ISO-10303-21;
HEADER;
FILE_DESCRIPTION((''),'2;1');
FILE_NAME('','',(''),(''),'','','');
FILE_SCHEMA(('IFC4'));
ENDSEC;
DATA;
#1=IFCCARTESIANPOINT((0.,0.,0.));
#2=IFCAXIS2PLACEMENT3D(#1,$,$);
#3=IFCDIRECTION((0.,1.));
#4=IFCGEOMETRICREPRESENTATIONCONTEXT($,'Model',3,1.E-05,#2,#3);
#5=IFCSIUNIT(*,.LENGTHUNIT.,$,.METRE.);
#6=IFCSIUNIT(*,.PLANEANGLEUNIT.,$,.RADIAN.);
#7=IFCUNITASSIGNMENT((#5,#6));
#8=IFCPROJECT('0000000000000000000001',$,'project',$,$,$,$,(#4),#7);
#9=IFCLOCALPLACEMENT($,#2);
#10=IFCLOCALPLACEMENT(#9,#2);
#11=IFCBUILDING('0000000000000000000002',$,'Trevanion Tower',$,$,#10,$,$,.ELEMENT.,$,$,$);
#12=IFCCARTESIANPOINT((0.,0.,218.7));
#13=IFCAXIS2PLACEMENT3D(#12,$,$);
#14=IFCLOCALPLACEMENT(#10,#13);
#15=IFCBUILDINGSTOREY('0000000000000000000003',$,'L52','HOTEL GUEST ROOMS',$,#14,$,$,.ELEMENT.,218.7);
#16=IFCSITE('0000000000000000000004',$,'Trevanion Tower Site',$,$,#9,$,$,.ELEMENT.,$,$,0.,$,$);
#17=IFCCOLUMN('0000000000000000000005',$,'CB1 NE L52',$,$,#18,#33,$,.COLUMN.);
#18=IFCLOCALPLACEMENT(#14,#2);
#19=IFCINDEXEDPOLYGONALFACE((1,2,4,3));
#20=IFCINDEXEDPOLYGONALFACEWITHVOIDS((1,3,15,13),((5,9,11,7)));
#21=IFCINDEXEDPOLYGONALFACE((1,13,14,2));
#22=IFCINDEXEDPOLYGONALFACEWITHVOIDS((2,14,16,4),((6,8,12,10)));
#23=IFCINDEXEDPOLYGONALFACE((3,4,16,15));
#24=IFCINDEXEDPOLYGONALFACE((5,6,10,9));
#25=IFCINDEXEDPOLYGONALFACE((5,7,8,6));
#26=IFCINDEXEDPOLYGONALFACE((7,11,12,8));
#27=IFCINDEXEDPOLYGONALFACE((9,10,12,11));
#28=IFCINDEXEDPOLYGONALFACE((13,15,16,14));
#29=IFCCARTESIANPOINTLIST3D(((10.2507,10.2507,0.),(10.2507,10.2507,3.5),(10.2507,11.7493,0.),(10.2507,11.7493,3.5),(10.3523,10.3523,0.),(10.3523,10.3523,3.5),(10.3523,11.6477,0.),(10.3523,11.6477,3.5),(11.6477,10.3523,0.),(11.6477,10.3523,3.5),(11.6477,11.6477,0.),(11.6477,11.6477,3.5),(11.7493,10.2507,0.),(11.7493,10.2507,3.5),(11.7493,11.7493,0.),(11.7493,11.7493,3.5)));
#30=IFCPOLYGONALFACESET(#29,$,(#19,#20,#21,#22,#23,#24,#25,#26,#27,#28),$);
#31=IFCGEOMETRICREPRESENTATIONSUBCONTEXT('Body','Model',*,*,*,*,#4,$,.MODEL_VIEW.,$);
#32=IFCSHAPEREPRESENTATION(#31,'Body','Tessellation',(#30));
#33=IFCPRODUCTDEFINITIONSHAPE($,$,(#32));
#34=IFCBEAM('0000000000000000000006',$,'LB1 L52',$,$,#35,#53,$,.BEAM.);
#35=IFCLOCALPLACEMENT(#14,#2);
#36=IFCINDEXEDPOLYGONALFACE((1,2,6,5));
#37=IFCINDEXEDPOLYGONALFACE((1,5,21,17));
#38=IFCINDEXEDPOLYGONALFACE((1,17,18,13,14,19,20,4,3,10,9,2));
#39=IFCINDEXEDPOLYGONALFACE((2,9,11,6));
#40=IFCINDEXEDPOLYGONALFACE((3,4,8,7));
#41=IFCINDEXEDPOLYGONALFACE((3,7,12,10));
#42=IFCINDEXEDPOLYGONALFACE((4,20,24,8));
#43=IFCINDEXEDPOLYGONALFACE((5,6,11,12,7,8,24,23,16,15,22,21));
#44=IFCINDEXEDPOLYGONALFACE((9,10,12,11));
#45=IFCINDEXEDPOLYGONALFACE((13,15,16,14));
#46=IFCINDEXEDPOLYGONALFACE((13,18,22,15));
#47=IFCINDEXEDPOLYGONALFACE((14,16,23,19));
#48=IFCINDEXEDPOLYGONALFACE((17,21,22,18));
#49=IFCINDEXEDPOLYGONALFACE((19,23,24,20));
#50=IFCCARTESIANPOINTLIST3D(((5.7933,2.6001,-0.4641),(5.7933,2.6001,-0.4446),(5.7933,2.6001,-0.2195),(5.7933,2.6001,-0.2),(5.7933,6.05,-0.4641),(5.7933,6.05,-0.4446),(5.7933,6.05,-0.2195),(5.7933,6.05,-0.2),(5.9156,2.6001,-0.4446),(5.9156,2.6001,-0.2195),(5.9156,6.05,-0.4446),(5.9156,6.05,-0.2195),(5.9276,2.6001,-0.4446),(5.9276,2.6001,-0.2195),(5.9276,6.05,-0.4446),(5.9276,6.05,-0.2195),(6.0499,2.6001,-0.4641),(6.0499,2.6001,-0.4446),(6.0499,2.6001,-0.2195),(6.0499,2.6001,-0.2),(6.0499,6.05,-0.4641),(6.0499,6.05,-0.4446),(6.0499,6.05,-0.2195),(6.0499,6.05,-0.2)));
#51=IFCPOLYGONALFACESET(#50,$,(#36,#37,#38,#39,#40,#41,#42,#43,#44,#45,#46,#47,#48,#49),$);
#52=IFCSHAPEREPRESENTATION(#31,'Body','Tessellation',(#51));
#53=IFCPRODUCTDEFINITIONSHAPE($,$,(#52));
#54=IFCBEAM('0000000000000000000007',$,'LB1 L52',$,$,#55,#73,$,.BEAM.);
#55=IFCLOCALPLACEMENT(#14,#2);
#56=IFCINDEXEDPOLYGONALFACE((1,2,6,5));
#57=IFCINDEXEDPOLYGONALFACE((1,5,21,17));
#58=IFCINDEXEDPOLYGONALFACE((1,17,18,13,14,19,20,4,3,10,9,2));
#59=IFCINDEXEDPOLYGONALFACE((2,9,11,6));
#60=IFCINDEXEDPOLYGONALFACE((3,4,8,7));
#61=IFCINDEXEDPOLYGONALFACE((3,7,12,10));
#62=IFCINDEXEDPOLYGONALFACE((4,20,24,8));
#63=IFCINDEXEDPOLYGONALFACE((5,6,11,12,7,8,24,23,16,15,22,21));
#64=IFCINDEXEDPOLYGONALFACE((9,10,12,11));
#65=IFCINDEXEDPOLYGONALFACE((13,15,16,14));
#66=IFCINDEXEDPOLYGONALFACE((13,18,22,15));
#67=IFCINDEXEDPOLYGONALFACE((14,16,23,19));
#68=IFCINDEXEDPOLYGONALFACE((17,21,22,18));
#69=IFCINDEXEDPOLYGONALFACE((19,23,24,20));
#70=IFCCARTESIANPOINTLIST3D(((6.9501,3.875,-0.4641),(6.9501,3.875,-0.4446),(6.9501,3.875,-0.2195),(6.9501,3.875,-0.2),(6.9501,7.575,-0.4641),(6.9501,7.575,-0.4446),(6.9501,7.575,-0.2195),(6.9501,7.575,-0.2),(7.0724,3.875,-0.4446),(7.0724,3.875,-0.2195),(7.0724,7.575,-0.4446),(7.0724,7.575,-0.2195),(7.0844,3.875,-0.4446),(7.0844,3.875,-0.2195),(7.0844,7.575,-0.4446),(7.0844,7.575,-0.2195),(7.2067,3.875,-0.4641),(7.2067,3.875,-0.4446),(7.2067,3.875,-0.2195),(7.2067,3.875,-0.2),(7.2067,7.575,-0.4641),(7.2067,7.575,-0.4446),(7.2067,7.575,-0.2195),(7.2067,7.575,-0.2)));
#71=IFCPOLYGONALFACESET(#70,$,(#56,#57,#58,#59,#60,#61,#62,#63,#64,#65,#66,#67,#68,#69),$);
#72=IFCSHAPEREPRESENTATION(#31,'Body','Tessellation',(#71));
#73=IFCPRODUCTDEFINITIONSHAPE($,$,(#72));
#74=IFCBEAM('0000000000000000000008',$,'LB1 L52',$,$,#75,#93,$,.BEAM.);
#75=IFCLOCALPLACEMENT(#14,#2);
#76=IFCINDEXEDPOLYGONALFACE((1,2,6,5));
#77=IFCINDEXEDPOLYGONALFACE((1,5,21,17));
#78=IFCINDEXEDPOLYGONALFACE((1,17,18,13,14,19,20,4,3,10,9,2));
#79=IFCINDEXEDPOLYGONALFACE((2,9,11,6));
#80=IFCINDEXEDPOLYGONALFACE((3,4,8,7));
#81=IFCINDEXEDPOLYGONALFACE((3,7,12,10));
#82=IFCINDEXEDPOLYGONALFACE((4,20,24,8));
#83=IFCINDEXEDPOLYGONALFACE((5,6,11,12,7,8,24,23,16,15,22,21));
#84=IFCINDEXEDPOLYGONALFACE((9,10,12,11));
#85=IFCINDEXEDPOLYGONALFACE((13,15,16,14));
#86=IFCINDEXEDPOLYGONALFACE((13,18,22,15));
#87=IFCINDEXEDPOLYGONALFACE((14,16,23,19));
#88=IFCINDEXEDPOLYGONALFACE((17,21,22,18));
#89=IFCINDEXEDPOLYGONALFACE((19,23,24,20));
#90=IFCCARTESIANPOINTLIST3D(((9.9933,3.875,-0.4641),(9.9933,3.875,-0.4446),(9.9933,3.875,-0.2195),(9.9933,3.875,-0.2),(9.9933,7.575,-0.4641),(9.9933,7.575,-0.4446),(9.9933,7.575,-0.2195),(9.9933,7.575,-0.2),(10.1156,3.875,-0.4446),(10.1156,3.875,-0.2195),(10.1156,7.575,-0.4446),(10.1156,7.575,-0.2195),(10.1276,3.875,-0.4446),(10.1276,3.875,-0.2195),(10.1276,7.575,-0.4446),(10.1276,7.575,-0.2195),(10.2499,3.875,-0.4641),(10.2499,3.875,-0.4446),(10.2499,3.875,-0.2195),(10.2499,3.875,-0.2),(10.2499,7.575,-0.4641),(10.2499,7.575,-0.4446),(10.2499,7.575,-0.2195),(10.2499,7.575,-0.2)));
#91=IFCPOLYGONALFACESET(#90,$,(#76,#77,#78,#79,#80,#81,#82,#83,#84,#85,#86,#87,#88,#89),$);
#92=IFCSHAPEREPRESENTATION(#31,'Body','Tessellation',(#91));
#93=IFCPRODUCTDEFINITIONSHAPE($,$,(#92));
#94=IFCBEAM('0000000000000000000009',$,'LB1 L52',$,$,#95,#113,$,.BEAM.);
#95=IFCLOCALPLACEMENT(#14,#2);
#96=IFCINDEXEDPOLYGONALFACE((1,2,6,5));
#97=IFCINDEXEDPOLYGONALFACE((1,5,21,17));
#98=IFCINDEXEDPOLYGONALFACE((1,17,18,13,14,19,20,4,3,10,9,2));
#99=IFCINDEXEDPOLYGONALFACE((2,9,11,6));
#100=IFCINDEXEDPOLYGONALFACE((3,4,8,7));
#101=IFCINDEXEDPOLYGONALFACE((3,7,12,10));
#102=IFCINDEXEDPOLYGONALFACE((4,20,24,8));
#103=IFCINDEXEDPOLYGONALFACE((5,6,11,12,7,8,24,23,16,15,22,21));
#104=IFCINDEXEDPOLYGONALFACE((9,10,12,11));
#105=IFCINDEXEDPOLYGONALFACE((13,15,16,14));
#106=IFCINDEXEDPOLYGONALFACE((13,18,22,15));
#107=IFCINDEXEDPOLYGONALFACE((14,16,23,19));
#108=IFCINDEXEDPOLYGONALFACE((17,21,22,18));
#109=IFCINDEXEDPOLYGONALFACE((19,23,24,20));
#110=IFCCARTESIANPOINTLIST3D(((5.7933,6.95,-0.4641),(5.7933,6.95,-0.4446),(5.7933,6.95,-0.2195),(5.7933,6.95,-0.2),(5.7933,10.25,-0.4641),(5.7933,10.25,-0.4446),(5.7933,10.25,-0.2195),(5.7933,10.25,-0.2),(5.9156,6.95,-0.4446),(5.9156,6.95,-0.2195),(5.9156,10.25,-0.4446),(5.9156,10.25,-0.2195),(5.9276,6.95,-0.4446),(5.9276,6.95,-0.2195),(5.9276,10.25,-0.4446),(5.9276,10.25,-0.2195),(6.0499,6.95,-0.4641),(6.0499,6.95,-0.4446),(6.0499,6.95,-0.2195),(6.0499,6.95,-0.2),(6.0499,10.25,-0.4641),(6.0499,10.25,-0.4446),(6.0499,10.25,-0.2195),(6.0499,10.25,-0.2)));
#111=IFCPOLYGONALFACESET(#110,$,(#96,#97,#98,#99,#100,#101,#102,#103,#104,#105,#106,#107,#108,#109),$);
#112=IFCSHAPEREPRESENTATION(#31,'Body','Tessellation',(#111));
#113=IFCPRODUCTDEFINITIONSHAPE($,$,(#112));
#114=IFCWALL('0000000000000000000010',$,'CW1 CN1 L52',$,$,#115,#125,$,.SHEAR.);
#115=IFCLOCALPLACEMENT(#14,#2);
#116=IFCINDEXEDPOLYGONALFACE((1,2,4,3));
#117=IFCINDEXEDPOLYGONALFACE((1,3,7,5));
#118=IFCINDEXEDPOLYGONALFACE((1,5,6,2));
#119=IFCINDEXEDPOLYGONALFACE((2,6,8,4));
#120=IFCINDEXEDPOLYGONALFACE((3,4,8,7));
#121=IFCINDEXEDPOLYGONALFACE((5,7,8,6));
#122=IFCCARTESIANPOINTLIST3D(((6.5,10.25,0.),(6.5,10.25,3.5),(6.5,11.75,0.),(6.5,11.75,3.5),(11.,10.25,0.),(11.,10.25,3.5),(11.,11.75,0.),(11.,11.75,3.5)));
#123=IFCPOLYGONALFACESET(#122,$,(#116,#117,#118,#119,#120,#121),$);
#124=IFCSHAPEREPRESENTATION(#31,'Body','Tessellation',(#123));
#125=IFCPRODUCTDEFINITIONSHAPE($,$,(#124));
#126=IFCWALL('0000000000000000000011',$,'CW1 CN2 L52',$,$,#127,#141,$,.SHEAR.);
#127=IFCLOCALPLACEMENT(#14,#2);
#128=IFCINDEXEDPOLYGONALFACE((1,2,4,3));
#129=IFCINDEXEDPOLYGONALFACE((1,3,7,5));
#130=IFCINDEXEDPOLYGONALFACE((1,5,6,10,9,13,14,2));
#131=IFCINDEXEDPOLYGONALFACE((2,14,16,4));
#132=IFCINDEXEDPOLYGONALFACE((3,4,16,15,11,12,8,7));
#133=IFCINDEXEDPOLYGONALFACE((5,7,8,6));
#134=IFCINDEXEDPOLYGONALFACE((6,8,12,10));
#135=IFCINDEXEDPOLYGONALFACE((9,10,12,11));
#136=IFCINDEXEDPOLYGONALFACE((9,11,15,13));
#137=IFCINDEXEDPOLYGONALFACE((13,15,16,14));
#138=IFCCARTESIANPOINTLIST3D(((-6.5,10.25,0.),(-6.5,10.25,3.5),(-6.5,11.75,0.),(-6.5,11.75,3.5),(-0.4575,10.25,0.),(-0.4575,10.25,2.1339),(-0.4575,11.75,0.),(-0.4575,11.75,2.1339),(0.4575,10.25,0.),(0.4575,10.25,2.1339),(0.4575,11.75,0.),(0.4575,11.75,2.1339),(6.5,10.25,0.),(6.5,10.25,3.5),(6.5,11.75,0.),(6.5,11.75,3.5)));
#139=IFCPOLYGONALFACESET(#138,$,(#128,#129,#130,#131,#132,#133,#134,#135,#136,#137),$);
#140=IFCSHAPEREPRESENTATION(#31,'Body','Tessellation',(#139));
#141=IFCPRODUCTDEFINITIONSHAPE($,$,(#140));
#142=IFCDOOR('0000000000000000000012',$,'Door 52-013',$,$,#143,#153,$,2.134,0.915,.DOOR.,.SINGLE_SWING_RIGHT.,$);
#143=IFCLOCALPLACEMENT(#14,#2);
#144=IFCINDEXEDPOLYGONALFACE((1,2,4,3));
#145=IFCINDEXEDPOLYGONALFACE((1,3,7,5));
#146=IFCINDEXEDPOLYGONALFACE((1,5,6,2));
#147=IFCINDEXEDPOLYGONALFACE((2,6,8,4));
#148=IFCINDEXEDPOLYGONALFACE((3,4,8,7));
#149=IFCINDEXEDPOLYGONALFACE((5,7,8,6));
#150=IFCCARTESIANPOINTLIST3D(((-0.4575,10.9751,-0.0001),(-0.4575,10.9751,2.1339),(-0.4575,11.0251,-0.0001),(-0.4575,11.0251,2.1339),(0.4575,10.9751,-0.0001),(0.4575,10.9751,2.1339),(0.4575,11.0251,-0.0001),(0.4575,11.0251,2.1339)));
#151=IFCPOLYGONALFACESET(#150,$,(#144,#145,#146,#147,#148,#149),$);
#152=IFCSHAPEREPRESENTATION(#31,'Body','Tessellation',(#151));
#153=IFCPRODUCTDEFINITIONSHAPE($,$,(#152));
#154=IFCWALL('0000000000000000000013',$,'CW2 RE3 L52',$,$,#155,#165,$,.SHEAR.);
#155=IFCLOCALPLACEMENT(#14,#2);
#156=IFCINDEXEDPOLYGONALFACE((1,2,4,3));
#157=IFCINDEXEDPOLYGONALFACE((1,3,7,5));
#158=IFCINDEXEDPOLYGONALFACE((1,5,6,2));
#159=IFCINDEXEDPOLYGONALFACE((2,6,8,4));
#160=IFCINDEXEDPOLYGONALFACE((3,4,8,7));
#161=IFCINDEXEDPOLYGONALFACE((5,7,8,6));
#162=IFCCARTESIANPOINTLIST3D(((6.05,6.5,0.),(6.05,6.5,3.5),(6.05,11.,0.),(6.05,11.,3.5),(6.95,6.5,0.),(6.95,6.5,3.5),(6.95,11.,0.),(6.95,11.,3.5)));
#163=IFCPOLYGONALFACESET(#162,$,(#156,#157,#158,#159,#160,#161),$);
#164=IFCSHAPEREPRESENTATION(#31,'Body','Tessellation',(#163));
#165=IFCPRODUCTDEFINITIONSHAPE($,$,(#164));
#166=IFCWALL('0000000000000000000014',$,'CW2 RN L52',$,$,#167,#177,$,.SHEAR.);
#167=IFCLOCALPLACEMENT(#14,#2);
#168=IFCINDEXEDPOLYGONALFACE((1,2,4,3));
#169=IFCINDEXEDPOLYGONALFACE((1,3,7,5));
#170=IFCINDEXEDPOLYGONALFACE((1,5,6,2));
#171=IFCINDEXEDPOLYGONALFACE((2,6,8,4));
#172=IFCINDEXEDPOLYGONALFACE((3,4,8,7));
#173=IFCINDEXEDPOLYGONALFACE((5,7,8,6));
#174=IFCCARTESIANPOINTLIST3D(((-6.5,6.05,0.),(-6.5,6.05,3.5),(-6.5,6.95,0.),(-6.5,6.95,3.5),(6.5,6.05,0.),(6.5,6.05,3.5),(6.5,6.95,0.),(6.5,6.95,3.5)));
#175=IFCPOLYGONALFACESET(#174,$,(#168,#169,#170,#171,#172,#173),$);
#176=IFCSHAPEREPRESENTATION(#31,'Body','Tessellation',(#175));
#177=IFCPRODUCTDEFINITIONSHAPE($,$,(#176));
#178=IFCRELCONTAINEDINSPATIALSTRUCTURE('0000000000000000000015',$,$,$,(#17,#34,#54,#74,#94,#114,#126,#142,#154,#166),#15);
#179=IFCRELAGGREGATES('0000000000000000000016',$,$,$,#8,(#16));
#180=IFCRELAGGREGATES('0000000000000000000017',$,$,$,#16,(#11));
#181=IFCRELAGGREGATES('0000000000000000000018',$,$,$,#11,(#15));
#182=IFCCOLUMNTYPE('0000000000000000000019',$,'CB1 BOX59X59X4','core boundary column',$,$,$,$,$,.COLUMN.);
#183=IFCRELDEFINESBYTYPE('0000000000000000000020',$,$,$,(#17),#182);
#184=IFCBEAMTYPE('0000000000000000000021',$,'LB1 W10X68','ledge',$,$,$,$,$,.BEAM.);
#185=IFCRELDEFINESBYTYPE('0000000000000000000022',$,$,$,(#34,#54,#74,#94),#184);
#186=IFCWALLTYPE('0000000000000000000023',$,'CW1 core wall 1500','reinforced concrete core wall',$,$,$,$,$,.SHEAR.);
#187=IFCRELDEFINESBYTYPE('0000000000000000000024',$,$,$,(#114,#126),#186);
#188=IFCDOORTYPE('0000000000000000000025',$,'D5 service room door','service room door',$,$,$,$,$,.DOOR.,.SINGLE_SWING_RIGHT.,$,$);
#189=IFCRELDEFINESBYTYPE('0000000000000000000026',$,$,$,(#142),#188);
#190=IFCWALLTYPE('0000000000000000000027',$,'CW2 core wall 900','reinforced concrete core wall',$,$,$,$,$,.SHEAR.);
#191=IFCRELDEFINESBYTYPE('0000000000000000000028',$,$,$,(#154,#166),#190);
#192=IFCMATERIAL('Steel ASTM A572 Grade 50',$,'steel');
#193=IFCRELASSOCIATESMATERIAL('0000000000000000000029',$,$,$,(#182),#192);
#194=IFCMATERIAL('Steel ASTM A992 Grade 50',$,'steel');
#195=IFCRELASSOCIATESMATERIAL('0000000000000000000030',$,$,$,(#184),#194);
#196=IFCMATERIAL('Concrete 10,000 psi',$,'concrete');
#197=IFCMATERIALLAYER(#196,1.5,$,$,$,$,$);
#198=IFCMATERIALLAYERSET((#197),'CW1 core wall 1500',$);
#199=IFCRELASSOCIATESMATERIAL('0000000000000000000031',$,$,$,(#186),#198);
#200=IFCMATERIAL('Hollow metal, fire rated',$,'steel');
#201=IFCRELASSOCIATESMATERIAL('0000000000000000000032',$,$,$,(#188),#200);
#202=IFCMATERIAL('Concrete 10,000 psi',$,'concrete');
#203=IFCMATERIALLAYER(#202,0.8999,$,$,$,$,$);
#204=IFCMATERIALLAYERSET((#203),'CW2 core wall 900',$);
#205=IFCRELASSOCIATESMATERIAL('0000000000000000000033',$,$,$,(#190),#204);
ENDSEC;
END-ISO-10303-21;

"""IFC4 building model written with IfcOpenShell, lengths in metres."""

from ifc_helpers import new_model, si_unit, direction, frame, frame_2d, origin, origin_2d, place, context, subcontext, project, spatial, rectangle, hollow_rectangle, i_section, extrude, material, layer, layer_set, material_profile, profile_set, type_object, element, fill, save


model = new_model("IFC4")

# Units and contexts
model_context = context("Model", 3, precision=1e-05, world=origin(), true_north=direction((0.0, 1.0)))
body_context = subcontext(model_context, "Body", "Model", "MODEL_VIEW")
ifc_project = project(units=[si_unit("LENGTHUNIT", "METRE"), si_unit("PLANEANGLEUNIT", "RADIAN")], contexts=[model_context])

# Site, building, storey
site_placement = place(None, origin())
site = spatial("IfcSite", under=ifc_project, at=site_placement, Name="Trevanion Tower Site", CompositionType="ELEMENT", RefElevation=0.0)
building_placement = place(site_placement, origin())
building = spatial("IfcBuilding", under=site, at=building_placement, Name="Trevanion Tower", CompositionType="ELEMENT")
storey_placement = place(building_placement, frame((0.0, 0.0, 218.7)))
storey = spatial("IfcBuildingStorey", under=building, at=storey_placement, Name="L52", Description="HOTEL GUEST ROOMS", CompositionType="ELEMENT", Elevation=218.7)

# Column
ifc_material_1 = material(Name="Steel ASTM A572 Grade 50", Category="steel")
ifc_material_profile_1 = material_profile(ifc_material_1, hollow_rectangle(XDim=1.4985, YDim=1.4985, WallThickness=0.1016, at=origin_2d()), Name="BOX59X59X4")
ifc_profile_set_1 = profile_set([ifc_material_profile_1], Name="Steel ASTM A572 Grade 50")
column_type = type_object("IfcColumnType", Name="CB1 BOX59X59X4", Description="core boundary column", PredefinedType="COLUMN", material=ifc_profile_set_1)
column_placement = place(storey_placement, frame((11.0, 11.0, 0.0), z_axis=(0.0, 0.0, 1.0), x_axis=(1.0, 0.0, 0.0)))
element("IfcColumn", 1, at=column_placement, inside=storey, type_object=column_type, Name="CB1 NE L52", PredefinedType="COLUMN", context=body_context, shape_type="SweptSolid", body=[
    extrude(hollow_rectangle(XDim=1.4985, YDim=1.4985, WallThickness=0.1016, at=origin_2d()), origin(), (0.0, 0.0, 1.0), 3.5),
])

# Beams
ifc_material_2 = material(Name="Steel ASTM A992 Grade 50", Category="steel")
ifc_material_profile_2 = material_profile(ifc_material_2, i_section(OverallWidth=0.2566, OverallDepth=0.2642, WebThickness=0.012, FlangeThickness=0.0195, at=origin_2d()), Name="W10X68")
ifc_profile_set_2 = profile_set([ifc_material_profile_2], Name="Steel ASTM A992 Grade 50")
beam_type = type_object("IfcBeamType", Name="LB1 W10X68", Description="ledge", PredefinedType="BEAM", material=ifc_profile_set_2)
beam_1_placement = place(storey_placement, frame((5.9216, 2.6001, -0.332), z_axis=(0.0, 1.0, 0.0), x_axis=(-1.0, 0.0, 0.0)))
element("IfcBeam", 2, at=beam_1_placement, inside=storey, type_object=beam_type, Name="LB1 L52", PredefinedType="BEAM", context=body_context, shape_type="SweptSolid", body=[
    extrude(i_section(OverallWidth=0.2566, OverallDepth=0.2642, WebThickness=0.012, FlangeThickness=0.0195, at=origin_2d()), origin(), (0.0, 0.0, 1.0), 3.45),
])
for number, where, z_axis, x_axis, name in (
    (3, (7.0784, 3.875, -0.332), (0.0, 1.0, 0.0), (-1.0, 0.0, 0.0), "LB1 L52"),
    (4, (10.1216, 3.875, -0.332), (0.0, 1.0, 0.0), (-1.0, 0.0, 0.0), "LB1 L52"),
):
    element("IfcBeam", number, at=place(storey_placement, frame(where, z_axis=z_axis, x_axis=x_axis)), inside=storey, type_object=beam_type, Name=name, PredefinedType="BEAM", context=body_context, shape_type="SweptSolid", body=[
        extrude(i_section(OverallWidth=0.2566, OverallDepth=0.2642, WebThickness=0.012, FlangeThickness=0.0195, at=origin_2d()), origin(), (0.0, 0.0, 1.0), 3.7),
    ])
beam_2_placement = place(storey_placement, frame((5.9216, 6.95, -0.332), z_axis=(0.0, 1.0, 0.0), x_axis=(-1.0, 0.0, 0.0)))
element("IfcBeam", 5, at=beam_2_placement, inside=storey, type_object=beam_type, Name="LB1 L52", PredefinedType="BEAM", context=body_context, shape_type="SweptSolid", body=[
    extrude(i_section(OverallWidth=0.2566, OverallDepth=0.2642, WebThickness=0.012, FlangeThickness=0.0195, at=origin_2d()), origin(), (0.0, 0.0, 1.0), 3.3),
])

# Wall
ifc_material_3 = material(Name="Concrete 10,000 psi", Category="concrete")
ifc_layer_1 = layer(ifc_material_3, 1.5)
ifc_layer_set_1 = layer_set([ifc_layer_1], Name="CW1 core wall 1500")
wall_type_1 = type_object("IfcWallType", Name="CW1 core wall 1500", Description="reinforced concrete core wall", PredefinedType="SHEAR", material=ifc_layer_set_1)
wall_1_placement = place(storey_placement, frame((11.0, 11.0, 0.0), z_axis=(0.0, 0.0, 1.0), x_axis=(-1.0, 0.0, 0.0)))
element("IfcWall", 6, at=wall_1_placement, inside=storey, type_object=wall_type_1, Name="CW1 CN1 L52", PredefinedType="SHEAR", context=body_context, shape_type="SweptSolid", body=[
    extrude(rectangle(XDim=4.5, YDim=1.5, at=frame_2d((2.25, 0.0))), origin(), (0.0, 0.0, 1.0), 3.5),
])

# Wall, opening, door
wall_2_placement = place(storey_placement, frame((6.5, 11.0, 0.0), z_axis=(0.0, 0.0, 1.0), x_axis=(-1.0, 0.0, 0.0)))
wall_2 = element("IfcWall", 7, at=wall_2_placement, inside=storey, type_object=wall_type_1, Name="CW1 CN2 L52", PredefinedType="SHEAR", context=body_context, shape_type="SweptSolid", body=[
    extrude(rectangle(XDim=13.0, YDim=1.5, at=frame_2d((6.5, 0.0))), origin(), (0.0, 0.0, 1.0), 3.5),
])
opening_1_placement = place(wall_2_placement, frame((6.0425, 0.0, 0.0)))
opening_1 = element("IfcOpeningElement", 8, at=opening_1_placement, cuts=wall_2, PredefinedType="OPENING", context=body_context, shape_type="SweptSolid", body=[
    extrude(rectangle(XDim=0.915, YDim=2.134, at=frame_2d((0.4575, 1.0669))), frame((0.0, 0.76, 0.0), z_axis=(0.0, -1.0, 0.0), x_axis=(1.0, 0.0, 0.0)), (0.0, 0.0, 1.0), 1.52),
])
ifc_material_4 = material(Name="Hollow metal, fire rated", Category="steel")
door_type_1 = type_object("IfcDoorType", Name="D5 service room door", Description="service room door", OperationType="SINGLE_SWING_RIGHT", PredefinedType="DOOR", material=ifc_material_4)
door_1_placement = place(opening_1_placement, origin())
door_1 = element("IfcDoor", 9, at=door_1_placement, inside=storey, type_object=door_type_1, Name="Door 52-013", OperationType="SINGLE_SWING_RIGHT", OverallHeight=2.134, OverallWidth=0.915, PredefinedType="DOOR", context=body_context, shape_type="SweptSolid", body=[
    extrude(rectangle(XDim=0.915, YDim=2.134, at=frame_2d((0.4575, 1.0669))), frame((0.0, 0.0249, 0.0), z_axis=(0.0, -1.0, 0.0), x_axis=(1.0, 0.0, 0.0)), (0.0, 0.0, 1.0), 0.05),
])
fill(opening_1, door_1)

# Walls
ifc_material_5 = material(Name="Concrete 10,000 psi", Category="concrete")
ifc_layer_2 = layer(ifc_material_5, 0.8999)
ifc_layer_set_2 = layer_set([ifc_layer_2], Name="CW2 core wall 900")
wall_type_2 = type_object("IfcWallType", Name="CW2 core wall 900", Description="reinforced concrete core wall", PredefinedType="SHEAR", material=ifc_layer_set_2)
wall_3_placement = place(storey_placement, frame((6.5, 6.5, 0.0), z_axis=(0.0, 0.0, 1.0), x_axis=(0.0, 1.0, 0.0)))
element("IfcWall", 10, at=wall_3_placement, inside=storey, type_object=wall_type_2, Name="CW2 RE3 L52", PredefinedType="SHEAR", context=body_context, shape_type="SweptSolid", body=[
    extrude(rectangle(XDim=4.5, YDim=0.8999, at=frame_2d((2.25, 0.0))), origin(), (0.0, 0.0, 1.0), 3.5),
])
wall_4_placement = place(storey_placement, frame((6.5, 6.5, 0.0), z_axis=(0.0, 0.0, 1.0), x_axis=(-1.0, 0.0, 0.0)))
element("IfcWall", 11, at=wall_4_placement, inside=storey, type_object=wall_type_2, Name="CW2 RN L52", PredefinedType="SHEAR", context=body_context, shape_type="SweptSolid", body=[
    extrude(rectangle(XDim=13.0, YDim=0.8999, at=frame_2d((6.5, 0.0))), origin(), (0.0, 0.0, 1.0), 3.5),
])

save(model, "model.ifc")
